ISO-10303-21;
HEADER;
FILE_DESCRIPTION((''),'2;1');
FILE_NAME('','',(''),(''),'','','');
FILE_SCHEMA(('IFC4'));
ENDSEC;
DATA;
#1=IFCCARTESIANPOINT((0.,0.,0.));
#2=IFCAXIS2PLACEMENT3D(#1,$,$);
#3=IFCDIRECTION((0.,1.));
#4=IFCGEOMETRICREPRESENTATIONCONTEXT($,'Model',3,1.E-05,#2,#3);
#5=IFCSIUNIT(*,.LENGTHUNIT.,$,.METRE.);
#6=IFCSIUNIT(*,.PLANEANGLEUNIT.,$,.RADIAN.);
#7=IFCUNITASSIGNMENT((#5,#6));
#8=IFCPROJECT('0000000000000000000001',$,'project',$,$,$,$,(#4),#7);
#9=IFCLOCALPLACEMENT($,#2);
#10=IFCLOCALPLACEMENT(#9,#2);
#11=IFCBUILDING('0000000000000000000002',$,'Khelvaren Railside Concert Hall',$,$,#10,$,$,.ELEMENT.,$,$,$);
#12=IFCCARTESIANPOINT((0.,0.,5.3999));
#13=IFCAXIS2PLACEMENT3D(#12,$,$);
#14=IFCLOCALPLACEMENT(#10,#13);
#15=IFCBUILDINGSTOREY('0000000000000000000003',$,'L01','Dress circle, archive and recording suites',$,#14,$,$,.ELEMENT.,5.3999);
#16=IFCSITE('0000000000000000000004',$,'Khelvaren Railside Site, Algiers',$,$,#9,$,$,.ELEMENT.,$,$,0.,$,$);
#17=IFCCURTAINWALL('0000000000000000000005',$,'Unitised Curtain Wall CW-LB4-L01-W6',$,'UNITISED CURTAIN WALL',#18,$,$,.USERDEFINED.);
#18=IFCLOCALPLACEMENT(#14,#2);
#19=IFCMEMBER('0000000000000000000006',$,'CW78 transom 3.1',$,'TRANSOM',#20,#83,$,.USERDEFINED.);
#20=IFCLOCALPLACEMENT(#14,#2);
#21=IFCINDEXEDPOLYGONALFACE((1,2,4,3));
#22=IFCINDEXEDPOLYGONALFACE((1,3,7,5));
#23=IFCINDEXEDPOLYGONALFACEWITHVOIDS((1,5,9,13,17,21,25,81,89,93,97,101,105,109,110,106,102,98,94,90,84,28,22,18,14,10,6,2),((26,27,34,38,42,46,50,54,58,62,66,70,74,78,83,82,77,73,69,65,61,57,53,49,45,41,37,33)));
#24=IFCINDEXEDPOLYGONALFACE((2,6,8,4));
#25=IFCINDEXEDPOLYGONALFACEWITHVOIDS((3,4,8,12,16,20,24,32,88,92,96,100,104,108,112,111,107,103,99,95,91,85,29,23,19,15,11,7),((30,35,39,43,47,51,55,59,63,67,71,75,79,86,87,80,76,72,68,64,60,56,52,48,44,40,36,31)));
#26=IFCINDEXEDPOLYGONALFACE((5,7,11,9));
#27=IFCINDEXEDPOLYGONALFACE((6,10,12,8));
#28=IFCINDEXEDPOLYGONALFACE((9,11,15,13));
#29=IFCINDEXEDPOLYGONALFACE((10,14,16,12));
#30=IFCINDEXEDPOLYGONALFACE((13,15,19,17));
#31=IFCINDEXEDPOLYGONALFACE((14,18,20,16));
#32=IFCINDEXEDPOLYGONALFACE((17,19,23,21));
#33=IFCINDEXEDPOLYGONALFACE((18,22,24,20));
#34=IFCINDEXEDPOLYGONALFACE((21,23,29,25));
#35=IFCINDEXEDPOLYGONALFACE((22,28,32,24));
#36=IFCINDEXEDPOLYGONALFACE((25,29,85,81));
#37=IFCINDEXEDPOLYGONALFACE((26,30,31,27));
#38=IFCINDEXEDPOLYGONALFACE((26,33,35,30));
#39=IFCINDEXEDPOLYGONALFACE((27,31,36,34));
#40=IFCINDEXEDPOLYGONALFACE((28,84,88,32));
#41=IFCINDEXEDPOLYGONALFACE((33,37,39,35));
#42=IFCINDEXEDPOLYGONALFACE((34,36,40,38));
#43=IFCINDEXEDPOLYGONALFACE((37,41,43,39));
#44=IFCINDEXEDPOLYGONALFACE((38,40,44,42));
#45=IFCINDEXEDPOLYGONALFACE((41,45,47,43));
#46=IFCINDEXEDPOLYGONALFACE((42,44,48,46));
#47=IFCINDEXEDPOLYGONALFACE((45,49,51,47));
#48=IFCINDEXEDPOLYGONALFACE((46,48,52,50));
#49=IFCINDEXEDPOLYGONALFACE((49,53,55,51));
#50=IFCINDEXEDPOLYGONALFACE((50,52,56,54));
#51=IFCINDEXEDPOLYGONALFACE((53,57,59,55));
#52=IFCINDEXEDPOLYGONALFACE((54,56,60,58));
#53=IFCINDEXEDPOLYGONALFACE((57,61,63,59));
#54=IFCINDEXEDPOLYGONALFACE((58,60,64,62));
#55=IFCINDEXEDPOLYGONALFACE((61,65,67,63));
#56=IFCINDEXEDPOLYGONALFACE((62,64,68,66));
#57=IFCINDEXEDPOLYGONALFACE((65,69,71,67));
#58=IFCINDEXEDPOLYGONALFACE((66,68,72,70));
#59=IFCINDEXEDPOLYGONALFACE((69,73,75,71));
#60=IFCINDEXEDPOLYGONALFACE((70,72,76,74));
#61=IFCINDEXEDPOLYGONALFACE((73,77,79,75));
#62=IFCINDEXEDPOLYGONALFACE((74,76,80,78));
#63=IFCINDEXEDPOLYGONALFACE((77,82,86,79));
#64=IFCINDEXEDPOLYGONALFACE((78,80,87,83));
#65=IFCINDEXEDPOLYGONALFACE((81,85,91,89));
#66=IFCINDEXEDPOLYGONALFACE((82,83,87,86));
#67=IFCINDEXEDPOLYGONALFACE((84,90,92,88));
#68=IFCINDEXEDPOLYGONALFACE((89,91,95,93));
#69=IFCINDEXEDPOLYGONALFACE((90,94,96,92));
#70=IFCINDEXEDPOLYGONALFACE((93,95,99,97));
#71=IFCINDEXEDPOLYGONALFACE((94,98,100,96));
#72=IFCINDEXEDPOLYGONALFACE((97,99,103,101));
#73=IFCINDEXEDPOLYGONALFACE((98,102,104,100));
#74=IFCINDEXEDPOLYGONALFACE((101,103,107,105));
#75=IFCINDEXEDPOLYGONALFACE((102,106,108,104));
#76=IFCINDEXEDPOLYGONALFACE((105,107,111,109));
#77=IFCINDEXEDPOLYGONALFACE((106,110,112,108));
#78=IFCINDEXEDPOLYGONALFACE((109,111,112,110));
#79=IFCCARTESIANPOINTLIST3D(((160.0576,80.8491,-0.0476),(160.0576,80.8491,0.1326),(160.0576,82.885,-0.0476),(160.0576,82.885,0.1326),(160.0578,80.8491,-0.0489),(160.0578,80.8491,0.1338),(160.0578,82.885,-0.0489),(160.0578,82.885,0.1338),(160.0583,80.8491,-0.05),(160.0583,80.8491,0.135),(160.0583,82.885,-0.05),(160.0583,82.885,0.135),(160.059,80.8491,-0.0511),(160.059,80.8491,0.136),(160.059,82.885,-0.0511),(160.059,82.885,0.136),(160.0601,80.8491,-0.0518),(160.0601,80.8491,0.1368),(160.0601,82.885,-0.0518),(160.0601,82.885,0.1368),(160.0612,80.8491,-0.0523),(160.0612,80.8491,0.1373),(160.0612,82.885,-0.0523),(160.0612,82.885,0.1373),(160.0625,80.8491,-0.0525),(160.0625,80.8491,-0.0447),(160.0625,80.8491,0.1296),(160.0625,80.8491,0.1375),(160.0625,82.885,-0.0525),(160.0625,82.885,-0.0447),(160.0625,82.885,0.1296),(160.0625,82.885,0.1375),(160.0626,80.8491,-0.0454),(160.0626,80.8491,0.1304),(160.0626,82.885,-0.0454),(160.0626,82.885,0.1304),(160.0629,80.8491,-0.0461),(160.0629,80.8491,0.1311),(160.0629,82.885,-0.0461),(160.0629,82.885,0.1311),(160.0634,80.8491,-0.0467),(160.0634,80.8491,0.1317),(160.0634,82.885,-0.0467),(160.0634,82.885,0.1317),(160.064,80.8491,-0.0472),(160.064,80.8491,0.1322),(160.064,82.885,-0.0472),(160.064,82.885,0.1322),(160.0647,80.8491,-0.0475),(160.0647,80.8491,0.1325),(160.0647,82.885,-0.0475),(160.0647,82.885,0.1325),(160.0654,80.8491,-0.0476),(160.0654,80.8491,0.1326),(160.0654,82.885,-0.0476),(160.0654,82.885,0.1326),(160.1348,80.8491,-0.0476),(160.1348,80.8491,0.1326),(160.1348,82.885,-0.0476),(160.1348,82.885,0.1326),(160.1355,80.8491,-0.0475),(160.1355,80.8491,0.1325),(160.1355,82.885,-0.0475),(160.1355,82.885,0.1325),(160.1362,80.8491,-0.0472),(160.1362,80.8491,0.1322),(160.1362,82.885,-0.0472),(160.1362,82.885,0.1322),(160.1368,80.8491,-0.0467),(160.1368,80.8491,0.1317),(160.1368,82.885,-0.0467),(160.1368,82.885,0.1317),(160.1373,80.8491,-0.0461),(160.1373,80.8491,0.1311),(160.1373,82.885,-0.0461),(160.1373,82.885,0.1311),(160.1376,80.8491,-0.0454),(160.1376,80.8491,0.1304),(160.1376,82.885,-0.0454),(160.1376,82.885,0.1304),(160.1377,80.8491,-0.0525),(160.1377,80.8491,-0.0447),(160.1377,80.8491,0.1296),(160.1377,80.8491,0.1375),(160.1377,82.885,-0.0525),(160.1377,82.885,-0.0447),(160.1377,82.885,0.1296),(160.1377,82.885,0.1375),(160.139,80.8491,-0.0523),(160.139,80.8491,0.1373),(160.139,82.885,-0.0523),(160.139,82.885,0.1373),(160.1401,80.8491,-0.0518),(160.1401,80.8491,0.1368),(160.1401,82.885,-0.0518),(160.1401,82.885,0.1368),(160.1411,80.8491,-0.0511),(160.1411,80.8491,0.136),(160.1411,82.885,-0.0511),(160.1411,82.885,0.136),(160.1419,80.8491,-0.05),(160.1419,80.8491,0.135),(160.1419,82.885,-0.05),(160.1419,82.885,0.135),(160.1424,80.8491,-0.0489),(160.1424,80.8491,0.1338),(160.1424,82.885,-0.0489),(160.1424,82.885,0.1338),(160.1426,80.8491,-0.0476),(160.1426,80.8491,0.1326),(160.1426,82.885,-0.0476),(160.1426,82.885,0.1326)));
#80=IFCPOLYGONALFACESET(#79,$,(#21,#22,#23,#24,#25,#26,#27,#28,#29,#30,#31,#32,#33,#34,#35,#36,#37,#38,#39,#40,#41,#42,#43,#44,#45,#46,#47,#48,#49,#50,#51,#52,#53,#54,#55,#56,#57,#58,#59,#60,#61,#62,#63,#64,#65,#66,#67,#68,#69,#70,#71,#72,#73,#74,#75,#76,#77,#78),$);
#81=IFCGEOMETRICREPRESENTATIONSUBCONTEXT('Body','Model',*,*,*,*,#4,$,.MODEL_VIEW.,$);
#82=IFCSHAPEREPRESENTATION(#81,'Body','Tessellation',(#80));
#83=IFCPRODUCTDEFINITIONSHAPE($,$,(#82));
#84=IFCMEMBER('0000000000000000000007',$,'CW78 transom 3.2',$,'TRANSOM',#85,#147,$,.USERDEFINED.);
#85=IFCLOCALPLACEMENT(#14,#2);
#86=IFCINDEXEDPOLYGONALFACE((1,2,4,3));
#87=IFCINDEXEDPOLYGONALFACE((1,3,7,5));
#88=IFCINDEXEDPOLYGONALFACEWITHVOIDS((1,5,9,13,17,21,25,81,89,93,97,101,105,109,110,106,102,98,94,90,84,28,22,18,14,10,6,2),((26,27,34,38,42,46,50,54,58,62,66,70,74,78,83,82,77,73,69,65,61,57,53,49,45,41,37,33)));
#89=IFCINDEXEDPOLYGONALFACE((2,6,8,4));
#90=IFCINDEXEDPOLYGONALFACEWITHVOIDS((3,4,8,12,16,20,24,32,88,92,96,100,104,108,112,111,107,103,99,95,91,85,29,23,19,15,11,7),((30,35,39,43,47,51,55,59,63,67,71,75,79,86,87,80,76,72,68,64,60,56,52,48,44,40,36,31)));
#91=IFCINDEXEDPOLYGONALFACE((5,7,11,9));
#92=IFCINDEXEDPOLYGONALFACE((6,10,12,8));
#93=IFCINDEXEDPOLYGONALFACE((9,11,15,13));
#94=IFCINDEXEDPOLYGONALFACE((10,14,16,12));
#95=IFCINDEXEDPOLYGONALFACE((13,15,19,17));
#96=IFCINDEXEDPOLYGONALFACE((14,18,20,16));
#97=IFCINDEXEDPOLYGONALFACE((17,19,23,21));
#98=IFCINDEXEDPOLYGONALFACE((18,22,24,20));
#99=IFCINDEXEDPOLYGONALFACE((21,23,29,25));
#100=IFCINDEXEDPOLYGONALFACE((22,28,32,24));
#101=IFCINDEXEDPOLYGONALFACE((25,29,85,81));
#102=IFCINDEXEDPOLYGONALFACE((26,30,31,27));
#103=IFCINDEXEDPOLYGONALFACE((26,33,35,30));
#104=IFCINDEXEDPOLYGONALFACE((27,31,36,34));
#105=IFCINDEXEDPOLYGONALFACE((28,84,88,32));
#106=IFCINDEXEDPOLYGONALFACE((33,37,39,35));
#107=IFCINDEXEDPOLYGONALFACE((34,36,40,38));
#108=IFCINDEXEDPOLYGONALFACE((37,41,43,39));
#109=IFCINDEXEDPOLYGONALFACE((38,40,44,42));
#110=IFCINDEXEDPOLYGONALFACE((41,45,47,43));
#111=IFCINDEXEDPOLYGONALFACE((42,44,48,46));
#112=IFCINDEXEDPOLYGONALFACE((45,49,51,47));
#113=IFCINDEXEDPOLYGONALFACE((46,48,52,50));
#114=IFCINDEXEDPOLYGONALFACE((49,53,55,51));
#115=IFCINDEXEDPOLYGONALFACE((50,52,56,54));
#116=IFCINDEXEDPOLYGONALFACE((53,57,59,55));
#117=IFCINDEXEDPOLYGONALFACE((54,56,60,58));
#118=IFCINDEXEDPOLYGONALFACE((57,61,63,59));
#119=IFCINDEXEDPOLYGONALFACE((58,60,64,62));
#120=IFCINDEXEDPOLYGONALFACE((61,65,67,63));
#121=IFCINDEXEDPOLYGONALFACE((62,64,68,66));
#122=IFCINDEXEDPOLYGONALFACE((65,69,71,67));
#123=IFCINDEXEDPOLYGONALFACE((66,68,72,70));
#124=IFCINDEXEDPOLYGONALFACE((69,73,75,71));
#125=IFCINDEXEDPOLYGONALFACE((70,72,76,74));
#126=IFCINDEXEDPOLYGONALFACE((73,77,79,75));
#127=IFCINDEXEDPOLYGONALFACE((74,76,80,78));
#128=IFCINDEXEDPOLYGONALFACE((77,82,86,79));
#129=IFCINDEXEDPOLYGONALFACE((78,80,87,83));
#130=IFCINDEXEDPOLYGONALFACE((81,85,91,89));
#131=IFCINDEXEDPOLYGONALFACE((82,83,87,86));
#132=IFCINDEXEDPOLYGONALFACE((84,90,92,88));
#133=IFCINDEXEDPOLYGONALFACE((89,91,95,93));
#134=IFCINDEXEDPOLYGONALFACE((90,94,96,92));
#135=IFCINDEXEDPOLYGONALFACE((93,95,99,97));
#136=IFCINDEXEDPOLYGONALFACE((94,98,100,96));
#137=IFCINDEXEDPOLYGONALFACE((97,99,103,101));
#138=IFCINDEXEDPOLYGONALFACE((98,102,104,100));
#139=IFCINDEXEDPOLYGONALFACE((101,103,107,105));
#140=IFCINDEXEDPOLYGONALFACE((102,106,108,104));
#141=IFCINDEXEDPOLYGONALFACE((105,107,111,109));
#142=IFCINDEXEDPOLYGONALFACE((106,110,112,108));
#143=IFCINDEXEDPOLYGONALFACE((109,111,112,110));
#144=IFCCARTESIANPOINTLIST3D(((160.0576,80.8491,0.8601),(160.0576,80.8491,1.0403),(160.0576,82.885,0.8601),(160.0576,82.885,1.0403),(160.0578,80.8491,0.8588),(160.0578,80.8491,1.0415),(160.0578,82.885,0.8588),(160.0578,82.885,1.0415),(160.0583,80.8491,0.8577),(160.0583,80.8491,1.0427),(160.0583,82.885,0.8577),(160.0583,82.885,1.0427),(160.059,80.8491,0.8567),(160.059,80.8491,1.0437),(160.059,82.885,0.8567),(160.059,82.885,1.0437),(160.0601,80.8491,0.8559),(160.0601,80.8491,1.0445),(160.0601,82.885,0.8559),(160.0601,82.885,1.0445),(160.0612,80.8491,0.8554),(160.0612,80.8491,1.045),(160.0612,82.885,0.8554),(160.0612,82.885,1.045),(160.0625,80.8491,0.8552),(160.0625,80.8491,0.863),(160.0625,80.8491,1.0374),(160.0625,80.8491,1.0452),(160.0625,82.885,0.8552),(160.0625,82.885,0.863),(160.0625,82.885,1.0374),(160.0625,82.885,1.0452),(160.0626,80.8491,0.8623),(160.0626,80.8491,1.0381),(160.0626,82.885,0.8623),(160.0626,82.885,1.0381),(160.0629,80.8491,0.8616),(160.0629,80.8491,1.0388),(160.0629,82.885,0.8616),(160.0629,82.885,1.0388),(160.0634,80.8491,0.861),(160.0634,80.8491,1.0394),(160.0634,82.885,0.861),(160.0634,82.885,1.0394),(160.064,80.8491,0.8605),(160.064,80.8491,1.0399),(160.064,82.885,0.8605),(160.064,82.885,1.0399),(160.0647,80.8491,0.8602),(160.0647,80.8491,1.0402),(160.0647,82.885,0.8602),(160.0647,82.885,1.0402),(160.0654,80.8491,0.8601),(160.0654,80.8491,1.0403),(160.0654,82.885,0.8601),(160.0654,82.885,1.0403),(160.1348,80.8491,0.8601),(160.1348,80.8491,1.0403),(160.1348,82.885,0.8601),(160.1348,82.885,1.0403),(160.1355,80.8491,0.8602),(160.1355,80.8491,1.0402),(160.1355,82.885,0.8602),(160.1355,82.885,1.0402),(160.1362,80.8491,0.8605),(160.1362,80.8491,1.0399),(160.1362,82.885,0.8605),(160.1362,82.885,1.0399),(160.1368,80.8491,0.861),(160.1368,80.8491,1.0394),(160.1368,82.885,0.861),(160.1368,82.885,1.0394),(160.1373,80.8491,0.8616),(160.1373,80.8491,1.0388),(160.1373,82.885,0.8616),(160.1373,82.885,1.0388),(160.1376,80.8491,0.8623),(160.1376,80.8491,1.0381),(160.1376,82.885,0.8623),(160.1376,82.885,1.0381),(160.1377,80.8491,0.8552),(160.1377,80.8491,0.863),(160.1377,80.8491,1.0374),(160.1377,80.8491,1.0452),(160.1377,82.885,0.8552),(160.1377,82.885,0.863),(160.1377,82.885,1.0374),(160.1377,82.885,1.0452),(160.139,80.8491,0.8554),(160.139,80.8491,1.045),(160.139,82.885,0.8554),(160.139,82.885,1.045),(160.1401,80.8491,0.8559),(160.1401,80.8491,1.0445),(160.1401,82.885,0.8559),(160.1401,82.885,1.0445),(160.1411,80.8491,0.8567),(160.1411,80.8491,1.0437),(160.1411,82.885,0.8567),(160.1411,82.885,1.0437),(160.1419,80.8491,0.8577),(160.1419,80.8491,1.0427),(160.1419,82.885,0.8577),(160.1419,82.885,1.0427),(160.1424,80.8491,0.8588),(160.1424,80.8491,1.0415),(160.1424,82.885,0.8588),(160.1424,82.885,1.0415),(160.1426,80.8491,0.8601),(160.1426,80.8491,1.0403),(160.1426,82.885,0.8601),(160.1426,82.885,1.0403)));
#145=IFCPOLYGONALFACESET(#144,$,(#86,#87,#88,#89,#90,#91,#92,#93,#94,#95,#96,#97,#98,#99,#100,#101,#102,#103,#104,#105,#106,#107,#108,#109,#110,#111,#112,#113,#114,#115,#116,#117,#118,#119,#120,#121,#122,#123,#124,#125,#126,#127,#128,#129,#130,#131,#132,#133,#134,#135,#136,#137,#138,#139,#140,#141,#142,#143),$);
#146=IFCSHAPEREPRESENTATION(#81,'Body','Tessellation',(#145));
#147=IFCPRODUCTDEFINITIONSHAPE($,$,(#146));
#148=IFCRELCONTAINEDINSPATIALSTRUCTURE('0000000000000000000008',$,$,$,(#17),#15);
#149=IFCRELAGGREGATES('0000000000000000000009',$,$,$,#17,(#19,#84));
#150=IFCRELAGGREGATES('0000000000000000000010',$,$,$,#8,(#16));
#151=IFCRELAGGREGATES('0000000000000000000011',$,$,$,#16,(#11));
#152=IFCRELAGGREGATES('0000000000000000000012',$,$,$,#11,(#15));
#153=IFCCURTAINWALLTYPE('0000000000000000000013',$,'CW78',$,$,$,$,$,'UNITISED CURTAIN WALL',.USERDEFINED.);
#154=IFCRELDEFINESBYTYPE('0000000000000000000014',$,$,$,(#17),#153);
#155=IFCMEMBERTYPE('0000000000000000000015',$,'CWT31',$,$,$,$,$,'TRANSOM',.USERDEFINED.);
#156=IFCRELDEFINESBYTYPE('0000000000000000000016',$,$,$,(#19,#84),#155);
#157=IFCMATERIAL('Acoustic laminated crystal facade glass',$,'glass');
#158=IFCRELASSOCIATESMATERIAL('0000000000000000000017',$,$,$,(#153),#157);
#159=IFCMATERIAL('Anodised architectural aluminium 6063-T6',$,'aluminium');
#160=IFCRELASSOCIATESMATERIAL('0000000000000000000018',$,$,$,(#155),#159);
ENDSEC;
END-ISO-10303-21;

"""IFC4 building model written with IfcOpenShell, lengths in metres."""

from ifc_helpers import new_model, si_unit, direction, frame, origin, origin_2d, place, context, subcontext, project, spatial, hollow_rectangle, extrude, material, material_profile, profile_set, type_object, element, aggregate, save


model = new_model("IFC4")

# Units and contexts
model_context = context("Model", 3, precision=1e-05, world=origin(), true_north=direction((0.0, 1.0)))
body_context = subcontext(model_context, "Body", "Model", "MODEL_VIEW")
ifc_project = project(units=[si_unit("LENGTHUNIT", "METRE"), si_unit("PLANEANGLEUNIT", "RADIAN")], contexts=[model_context])

# Site, building, storey
site_placement = place(None, origin())
site = spatial("IfcSite", under=ifc_project, at=site_placement, Name="Khelvaren Railside Site, Algiers", CompositionType="ELEMENT", RefElevation=0.0)
building_placement = place(site_placement, origin())
building = spatial("IfcBuilding", under=site, at=building_placement, Name="Khelvaren Railside Concert Hall", CompositionType="ELEMENT")
storey_placement = place(building_placement, frame((0.0, 0.0, 5.3999)))
storey = spatial("IfcBuildingStorey", under=building, at=storey_placement, Name="L01", Description="Dress circle, archive and recording suites", CompositionType="ELEMENT", Elevation=5.3999)

# Curtain wall, members
ifc_material_1 = material(Name="Acoustic laminated crystal facade glass", Category="glass")
curtain_wall_type = type_object("IfcCurtainWallType", Name="CW78", ElementType="UNITISED CURTAIN WALL", PredefinedType="USERDEFINED", material=ifc_material_1)
curtain_wall_placement = place(storey_placement, origin())
curtain_wall = element("IfcCurtainWall", 1, at=curtain_wall_placement, inside=storey, type_object=curtain_wall_type, Name="Unitised Curtain Wall CW-LB4-L01-W6", ObjectType="UNITISED CURTAIN WALL", PredefinedType="USERDEFINED")
ifc_material_2 = material(Name="Anodised architectural aluminium 6063-T6", Category="aluminium")
ifc_material_profile_1 = material_profile(ifc_material_2, hollow_rectangle(XDim=0.085, YDim=0.1899, WallThickness=0.0049, InnerFilletRadius=0.0029, OuterFilletRadius=0.0049, at=origin_2d()), Name="CWT 85x190x5")
ifc_profile_set_1 = profile_set([ifc_material_profile_1], Name="Anodised architectural aluminium 6063-T6")
member_type_1 = type_object("IfcMemberType", Name="CWT31", ElementType="TRANSOM", PredefinedType="USERDEFINED", material=ifc_profile_set_1)
member_1_placement = place(storey_placement, frame((160.1001, 80.8491, 0.0425), z_axis=(0.0, 1.0, 0.0), x_axis=(-1.0, 0.0, 0.0)))
member_1 = element("IfcMember", 2, at=member_1_placement, type_object=member_type_1, Name="CW78 transom 3.1", ObjectType="TRANSOM", PredefinedType="USERDEFINED", context=body_context, shape_type="SweptSolid", body=[
    extrude(hollow_rectangle(XDim=0.085, YDim=0.1899, WallThickness=0.0049, InnerFilletRadius=0.0029, OuterFilletRadius=0.0049, at=origin_2d()), origin(), (0.0, 0.0, 1.0), 2.0359),
])
member_2_placement = place(storey_placement, frame((160.1001, 80.8491, 0.9502), z_axis=(0.0, 1.0, 0.0), x_axis=(-1.0, 0.0, 0.0)))
member_2 = element("IfcMember", 3, at=member_2_placement, type_object=member_type_1, Name="CW78 transom 3.2", ObjectType="TRANSOM", PredefinedType="USERDEFINED", context=body_context, shape_type="SweptSolid", body=[
    extrude(hollow_rectangle(XDim=0.085, YDim=0.1899, WallThickness=0.0049, InnerFilletRadius=0.0029, OuterFilletRadius=0.0049, at=origin_2d()), origin(), (0.0, 0.0, 1.0), 2.0359),
])

aggregate(curtain_wall, [member_1, member_2])

save(model, "model.ifc")
